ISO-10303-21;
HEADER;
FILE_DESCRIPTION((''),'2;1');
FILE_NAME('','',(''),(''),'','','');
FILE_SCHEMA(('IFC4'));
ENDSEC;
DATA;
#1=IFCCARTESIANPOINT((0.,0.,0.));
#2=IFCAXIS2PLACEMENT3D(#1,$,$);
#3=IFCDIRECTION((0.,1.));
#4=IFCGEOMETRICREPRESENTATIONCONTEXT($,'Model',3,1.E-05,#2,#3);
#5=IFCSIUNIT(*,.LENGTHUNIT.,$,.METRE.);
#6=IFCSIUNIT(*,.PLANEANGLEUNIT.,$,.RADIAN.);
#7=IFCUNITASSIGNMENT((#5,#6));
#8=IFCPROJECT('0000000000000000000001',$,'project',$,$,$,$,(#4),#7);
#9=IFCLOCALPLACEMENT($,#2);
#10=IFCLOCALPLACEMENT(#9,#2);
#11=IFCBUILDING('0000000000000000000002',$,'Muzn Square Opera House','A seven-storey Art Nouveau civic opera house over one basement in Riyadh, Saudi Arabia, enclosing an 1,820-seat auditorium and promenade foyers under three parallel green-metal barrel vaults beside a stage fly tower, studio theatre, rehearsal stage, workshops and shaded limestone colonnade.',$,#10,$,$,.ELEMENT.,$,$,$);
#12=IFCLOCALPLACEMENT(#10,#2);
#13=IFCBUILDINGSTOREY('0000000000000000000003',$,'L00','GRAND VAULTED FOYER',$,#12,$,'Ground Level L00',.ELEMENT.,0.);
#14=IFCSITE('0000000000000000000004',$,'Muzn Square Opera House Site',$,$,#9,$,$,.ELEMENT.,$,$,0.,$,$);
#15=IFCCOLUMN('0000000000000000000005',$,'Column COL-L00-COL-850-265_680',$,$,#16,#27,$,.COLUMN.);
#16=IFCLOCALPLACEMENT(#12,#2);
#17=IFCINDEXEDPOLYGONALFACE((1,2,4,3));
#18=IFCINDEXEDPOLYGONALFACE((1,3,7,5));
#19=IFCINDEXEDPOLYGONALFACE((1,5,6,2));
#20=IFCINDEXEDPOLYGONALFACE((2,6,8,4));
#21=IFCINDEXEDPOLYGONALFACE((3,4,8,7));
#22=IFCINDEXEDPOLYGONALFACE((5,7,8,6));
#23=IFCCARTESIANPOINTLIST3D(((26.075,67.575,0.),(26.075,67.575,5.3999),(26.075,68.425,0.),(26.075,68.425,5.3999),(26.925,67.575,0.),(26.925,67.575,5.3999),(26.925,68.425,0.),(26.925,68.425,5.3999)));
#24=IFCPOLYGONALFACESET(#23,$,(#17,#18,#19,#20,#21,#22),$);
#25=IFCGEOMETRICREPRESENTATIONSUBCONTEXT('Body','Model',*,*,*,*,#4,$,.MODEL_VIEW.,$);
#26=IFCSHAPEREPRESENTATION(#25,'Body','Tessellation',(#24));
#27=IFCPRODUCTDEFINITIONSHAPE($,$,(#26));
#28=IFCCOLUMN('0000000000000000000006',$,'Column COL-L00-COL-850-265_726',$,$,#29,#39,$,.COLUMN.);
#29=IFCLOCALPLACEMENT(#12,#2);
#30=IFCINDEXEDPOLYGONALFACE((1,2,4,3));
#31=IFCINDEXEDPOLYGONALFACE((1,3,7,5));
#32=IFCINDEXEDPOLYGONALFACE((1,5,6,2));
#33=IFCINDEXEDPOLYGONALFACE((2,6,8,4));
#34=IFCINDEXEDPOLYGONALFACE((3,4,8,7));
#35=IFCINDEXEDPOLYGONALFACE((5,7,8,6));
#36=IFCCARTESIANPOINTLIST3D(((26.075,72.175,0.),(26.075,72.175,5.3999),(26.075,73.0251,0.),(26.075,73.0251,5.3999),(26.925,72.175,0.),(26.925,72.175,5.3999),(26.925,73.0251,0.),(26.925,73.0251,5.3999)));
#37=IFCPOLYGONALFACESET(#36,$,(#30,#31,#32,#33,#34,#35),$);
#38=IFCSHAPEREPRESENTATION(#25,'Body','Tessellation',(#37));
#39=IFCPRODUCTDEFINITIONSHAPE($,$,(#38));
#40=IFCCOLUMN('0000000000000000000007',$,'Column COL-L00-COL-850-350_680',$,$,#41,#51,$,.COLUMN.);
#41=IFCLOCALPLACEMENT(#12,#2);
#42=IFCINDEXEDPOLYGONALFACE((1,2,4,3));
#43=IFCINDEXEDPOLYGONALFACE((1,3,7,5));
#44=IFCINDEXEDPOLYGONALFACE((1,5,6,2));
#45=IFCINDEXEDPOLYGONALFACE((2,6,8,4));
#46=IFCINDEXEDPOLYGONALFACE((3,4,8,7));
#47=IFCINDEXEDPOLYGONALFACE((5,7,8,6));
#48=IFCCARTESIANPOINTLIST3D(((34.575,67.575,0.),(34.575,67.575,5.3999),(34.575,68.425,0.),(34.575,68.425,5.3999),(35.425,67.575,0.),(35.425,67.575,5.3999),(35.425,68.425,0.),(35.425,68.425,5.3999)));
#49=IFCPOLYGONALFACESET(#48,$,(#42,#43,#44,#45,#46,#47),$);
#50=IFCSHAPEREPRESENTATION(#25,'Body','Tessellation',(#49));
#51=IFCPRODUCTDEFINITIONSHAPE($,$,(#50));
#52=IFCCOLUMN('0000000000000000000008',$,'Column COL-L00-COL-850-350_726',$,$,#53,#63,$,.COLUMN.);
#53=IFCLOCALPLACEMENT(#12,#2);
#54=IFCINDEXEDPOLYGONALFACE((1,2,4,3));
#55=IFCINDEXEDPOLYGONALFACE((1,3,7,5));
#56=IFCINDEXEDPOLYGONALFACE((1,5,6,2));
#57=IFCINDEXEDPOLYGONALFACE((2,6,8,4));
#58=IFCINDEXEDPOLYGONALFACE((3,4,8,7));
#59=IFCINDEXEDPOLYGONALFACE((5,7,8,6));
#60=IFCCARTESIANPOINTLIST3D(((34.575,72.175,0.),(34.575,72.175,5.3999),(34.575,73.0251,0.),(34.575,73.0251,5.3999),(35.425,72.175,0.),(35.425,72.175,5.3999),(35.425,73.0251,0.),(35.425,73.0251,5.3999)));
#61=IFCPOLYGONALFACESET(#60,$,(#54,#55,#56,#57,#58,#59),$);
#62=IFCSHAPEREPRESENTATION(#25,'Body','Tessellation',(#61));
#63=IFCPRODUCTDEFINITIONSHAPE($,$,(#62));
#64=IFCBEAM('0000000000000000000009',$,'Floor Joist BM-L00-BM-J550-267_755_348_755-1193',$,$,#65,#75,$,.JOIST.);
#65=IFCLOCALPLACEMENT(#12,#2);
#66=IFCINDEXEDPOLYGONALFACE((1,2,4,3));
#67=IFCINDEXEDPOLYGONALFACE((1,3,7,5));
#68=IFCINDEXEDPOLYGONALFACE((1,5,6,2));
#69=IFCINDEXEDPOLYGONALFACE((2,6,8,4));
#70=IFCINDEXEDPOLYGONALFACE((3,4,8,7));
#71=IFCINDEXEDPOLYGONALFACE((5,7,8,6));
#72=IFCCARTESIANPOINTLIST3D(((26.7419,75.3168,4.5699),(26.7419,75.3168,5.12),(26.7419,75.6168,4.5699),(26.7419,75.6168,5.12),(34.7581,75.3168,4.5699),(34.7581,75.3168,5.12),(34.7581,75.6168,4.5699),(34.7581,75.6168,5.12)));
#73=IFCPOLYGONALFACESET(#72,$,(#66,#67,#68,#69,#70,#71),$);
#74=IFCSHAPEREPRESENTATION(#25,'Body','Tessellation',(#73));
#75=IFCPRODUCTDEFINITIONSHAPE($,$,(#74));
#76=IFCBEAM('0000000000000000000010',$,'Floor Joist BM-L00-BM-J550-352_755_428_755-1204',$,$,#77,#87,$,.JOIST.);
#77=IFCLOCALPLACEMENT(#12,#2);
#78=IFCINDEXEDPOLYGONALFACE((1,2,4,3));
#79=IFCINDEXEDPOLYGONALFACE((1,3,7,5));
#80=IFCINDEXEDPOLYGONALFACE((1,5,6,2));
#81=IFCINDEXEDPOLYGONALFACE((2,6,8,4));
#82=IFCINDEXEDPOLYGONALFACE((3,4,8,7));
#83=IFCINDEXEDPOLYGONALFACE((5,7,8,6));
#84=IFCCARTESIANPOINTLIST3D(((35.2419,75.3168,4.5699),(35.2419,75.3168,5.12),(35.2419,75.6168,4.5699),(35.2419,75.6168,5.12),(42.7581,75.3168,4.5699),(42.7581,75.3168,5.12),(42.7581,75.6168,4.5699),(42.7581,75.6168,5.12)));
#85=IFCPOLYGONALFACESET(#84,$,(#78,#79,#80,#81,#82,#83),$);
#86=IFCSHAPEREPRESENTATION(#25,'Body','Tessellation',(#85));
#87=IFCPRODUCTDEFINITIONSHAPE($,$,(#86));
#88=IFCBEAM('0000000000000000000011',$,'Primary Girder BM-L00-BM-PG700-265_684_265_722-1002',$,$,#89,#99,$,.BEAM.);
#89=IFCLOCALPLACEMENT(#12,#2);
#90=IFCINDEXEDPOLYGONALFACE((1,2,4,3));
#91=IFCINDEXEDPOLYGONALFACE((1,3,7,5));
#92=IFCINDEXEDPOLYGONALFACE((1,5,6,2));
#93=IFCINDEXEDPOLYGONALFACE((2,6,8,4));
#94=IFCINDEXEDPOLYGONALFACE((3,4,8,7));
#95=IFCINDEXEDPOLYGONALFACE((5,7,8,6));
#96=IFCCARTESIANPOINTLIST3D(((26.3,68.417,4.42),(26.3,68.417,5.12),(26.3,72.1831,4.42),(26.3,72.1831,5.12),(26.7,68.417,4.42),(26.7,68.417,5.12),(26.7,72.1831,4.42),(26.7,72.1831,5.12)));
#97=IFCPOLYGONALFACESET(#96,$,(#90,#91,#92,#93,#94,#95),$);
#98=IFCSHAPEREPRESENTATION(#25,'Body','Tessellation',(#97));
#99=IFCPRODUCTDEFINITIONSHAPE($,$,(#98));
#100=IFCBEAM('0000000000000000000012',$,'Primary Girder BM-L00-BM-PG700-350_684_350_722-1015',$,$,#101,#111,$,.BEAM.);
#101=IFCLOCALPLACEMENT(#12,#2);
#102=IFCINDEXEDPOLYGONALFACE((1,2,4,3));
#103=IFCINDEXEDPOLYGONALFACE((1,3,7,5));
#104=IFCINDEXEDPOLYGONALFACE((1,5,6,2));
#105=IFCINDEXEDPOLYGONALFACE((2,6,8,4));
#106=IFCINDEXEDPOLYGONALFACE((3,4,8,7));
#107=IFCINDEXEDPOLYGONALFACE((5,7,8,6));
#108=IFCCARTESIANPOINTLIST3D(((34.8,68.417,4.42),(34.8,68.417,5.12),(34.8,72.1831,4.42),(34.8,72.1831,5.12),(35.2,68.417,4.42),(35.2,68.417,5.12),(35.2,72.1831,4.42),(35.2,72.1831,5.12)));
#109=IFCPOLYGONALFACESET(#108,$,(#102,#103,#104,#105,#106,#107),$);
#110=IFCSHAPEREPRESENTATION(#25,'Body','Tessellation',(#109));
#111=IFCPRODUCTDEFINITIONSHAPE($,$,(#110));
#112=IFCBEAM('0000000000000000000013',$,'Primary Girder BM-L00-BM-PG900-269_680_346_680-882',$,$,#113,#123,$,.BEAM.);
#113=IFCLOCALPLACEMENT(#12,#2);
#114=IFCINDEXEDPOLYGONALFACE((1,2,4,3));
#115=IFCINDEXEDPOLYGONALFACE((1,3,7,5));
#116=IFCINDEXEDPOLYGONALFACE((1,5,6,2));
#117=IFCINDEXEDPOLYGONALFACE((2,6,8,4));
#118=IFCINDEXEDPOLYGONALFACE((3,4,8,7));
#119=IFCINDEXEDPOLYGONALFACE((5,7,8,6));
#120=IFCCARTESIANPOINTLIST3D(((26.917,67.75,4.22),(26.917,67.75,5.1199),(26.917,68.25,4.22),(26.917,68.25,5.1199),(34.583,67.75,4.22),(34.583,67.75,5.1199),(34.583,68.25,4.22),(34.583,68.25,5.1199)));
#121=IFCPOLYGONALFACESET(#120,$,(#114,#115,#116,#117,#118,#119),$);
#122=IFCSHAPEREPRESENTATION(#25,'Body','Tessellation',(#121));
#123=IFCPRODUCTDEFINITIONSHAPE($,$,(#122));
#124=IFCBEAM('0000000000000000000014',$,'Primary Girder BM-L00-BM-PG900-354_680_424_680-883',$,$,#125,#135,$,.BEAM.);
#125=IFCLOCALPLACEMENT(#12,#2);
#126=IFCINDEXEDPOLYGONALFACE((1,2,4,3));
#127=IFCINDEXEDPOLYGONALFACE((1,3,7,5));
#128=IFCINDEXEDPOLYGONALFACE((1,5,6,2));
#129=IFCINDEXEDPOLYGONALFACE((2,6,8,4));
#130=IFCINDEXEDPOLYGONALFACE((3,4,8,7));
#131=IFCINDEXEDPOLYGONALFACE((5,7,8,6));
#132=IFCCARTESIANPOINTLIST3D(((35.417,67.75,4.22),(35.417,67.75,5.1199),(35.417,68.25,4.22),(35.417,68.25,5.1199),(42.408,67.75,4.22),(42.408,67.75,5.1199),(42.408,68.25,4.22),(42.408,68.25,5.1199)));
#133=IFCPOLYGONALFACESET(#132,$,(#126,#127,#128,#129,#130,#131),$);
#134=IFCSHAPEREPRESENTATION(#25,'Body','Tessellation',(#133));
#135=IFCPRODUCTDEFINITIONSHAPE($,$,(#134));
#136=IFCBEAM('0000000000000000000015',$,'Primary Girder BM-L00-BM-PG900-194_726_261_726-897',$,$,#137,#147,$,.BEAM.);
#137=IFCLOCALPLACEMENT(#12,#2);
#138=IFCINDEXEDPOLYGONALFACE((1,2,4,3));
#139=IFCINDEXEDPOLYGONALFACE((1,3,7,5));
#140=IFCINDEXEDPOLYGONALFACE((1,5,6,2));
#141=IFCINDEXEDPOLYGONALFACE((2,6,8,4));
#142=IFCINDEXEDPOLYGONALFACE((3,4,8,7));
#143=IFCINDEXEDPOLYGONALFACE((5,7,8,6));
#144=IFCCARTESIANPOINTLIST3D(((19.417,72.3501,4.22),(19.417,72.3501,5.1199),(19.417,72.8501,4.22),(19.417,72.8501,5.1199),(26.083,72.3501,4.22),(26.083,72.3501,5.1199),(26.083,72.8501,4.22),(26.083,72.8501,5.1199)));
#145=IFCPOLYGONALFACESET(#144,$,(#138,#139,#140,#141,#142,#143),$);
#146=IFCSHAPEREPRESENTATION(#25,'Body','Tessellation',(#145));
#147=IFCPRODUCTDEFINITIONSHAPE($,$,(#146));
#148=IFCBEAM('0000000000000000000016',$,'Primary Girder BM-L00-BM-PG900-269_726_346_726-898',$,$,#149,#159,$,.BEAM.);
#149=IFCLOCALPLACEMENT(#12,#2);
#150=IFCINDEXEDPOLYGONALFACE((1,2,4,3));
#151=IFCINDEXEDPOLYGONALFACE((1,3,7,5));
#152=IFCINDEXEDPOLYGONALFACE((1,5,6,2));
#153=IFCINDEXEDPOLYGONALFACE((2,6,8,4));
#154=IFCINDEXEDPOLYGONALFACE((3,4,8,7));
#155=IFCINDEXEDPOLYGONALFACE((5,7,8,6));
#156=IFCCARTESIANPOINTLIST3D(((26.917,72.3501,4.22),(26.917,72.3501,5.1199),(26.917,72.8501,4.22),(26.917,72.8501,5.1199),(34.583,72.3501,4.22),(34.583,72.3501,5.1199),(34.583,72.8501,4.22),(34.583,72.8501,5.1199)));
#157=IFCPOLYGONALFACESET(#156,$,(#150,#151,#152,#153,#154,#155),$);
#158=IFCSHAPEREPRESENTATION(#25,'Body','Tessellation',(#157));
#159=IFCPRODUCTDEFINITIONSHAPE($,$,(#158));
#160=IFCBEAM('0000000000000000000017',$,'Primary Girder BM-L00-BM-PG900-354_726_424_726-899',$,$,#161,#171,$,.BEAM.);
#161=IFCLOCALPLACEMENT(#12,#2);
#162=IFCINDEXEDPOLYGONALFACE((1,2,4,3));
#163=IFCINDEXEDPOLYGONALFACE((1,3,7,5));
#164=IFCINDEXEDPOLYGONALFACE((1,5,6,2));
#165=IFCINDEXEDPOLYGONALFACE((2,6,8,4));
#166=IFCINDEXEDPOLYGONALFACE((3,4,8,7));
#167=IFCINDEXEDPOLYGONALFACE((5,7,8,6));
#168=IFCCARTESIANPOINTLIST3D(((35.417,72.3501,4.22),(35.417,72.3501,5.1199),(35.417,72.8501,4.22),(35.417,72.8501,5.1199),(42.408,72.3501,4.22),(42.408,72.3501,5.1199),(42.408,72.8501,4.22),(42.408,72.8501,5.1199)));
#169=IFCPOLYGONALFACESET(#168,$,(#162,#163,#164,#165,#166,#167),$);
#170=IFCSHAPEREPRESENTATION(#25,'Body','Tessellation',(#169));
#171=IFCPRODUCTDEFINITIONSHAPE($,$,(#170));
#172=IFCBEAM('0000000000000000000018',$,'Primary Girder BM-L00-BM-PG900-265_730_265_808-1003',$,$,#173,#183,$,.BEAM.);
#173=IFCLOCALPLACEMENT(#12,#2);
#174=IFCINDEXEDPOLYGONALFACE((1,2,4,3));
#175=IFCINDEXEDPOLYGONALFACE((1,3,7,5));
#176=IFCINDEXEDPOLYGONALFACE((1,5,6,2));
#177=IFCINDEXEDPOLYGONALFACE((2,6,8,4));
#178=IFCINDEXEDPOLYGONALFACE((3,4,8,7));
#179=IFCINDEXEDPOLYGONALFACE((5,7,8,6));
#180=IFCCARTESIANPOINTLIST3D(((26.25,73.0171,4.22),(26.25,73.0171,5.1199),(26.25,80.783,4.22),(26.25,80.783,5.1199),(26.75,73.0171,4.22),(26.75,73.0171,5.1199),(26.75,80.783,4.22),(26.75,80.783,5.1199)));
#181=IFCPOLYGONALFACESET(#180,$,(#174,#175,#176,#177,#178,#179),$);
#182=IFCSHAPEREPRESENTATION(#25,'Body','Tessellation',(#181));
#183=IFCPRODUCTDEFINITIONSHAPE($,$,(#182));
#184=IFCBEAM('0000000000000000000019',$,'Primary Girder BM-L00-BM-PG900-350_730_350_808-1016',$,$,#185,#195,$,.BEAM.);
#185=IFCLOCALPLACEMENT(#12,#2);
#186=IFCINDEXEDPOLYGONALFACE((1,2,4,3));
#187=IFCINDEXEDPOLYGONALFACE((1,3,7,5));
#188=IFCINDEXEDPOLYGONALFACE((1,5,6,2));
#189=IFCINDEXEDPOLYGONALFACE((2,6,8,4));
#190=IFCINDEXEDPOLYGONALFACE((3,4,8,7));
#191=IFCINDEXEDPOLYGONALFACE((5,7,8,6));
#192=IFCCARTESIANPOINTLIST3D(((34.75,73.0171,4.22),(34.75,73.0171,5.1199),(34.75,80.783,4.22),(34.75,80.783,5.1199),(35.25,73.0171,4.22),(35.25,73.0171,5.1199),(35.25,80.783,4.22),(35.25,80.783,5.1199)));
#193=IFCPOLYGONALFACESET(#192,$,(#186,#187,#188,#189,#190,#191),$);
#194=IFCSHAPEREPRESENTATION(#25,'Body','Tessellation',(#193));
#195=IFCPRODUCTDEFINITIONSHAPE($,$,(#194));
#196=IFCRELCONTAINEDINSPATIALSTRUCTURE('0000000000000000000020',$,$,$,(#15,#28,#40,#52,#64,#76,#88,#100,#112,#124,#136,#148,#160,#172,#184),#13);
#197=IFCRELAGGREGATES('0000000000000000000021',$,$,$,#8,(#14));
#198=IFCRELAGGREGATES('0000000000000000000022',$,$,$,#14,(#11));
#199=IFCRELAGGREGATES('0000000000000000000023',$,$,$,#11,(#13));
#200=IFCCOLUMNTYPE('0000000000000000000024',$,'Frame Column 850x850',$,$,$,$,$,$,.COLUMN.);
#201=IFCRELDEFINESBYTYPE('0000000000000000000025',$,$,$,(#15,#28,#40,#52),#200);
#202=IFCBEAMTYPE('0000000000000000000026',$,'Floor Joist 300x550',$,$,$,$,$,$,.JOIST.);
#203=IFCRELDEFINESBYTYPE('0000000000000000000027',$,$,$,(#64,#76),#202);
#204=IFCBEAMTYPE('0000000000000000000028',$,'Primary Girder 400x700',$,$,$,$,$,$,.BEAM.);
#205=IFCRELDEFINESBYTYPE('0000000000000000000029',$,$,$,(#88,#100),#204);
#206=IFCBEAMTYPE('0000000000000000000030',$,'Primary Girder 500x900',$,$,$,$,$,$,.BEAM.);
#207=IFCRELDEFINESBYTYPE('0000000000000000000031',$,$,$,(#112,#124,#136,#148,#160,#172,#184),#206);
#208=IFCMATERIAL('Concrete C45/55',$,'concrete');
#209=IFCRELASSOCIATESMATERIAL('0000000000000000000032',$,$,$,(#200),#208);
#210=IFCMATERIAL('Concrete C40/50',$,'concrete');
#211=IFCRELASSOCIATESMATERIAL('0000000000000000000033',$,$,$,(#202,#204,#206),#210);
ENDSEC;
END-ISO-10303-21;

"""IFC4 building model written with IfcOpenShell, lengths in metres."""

from ifc_helpers import new_model, si_unit, direction, frame, origin, origin_2d, place, context, subcontext, project, spatial, rectangle, extrude, material, material_profile, profile_set, type_object, element, save


model = new_model("IFC4")

# Units and contexts
model_context = context("Model", 3, precision=1e-05, world=origin(), true_north=direction((0.0, 1.0)))
body_context = subcontext(model_context, "Body", "Model", "MODEL_VIEW")
ifc_project = project(units=[si_unit("LENGTHUNIT", "METRE"), si_unit("PLANEANGLEUNIT", "RADIAN")], contexts=[model_context])

# Site, building, storey
site_placement = place(None, origin())
site = spatial("IfcSite", under=ifc_project, at=site_placement, Name="Muzn Square Opera House Site", CompositionType="ELEMENT", RefElevation=0.0)
building_placement = place(site_placement, origin())
building = spatial("IfcBuilding", under=site, at=building_placement, Name="Muzn Square Opera House", Description="A seven-storey Art Nouveau civic opera house over one basement in Riyadh, Saudi Arabia, enclosing an 1,820-seat auditorium and promenade foyers under three parallel green-metal barrel vaults beside a stage fly tower, studio theatre, rehearsal stage, workshops and shaded limestone colonnade.", CompositionType="ELEMENT")
storey_placement = place(building_placement, origin())
storey = spatial("IfcBuildingStorey", under=building, at=storey_placement, Name="L00", Description="GRAND VAULTED FOYER", LongName="Ground Level L00", CompositionType="ELEMENT", Elevation=0.0)

# Columns
ifc_material_1 = material(Name="Concrete C45/55", Category="concrete")
ifc_material_profile_1 = material_profile(ifc_material_1, rectangle(XDim=0.8501, YDim=0.8501, at=origin_2d()), Name="RC 850x850", Category="concrete")
ifc_profile_set_1 = profile_set([ifc_material_profile_1], Name="Concrete C45/55")
column_type = type_object("IfcColumnType", Name="Frame Column 850x850", PredefinedType="COLUMN", material=ifc_profile_set_1)
for number, where, z_axis, x_axis, name in (
    (1, (26.5, 68.0, 0.0), (0.0, 0.0, 1.0), (1.0, 0.0, 0.0), "Column COL-L00-COL-850-265_680"),
    (2, (26.5, 72.6001, 0.0), (0.0, 0.0, 1.0), (1.0, 0.0, 0.0), "Column COL-L00-COL-850-265_726"),
    (3, (35.0, 68.0, 0.0), (0.0, 0.0, 1.0), (1.0, 0.0, 0.0), "Column COL-L00-COL-850-350_680"),
    (4, (35.0, 72.6001, 0.0), (0.0, 0.0, 1.0), (1.0, 0.0, 0.0), "Column COL-L00-COL-850-350_726"),
):
    element("IfcColumn", number, at=place(storey_placement, frame(where, z_axis=z_axis, x_axis=x_axis)), inside=storey, type_object=column_type, Name=name, PredefinedType="COLUMN", context=body_context, shape_type="SweptSolid", body=[
        extrude(rectangle(XDim=0.8501, YDim=0.8501, at=origin_2d()), origin(), (0.0, 0.0, 1.0), 5.3999),
    ])

# Beams
ifc_material_2 = material(Name="Concrete C40/50", Category="concrete")
ifc_material_profile_2 = material_profile(ifc_material_2, rectangle(XDim=0.3, YDim=0.55, at=origin_2d()), Name="RCJ 300x550", Category="concrete")
ifc_profile_set_2 = profile_set([ifc_material_profile_2], Name="Concrete C40/50")
beam_type_1 = type_object("IfcBeamType", Name="Floor Joist 300x550", PredefinedType="JOIST", material=ifc_profile_set_2)
beam_1_placement = place(storey_placement, frame((26.7419, 75.4668, 4.845), z_axis=(1.0, 0.0, 0.0), x_axis=(0.0, 1.0, 0.0)))
element("IfcBeam", 5, at=beam_1_placement, inside=storey, type_object=beam_type_1, Name="Floor Joist BM-L00-BM-J550-267_755_348_755-1193", PredefinedType="JOIST", context=body_context, shape_type="SweptSolid", body=[
    extrude(rectangle(XDim=0.3, YDim=0.55, at=origin_2d()), origin(), (0.0, 0.0, 1.0), 8.0161),
])
beam_2_placement = place(storey_placement, frame((35.2419, 75.4668, 4.845), z_axis=(1.0, 0.0, 0.0), x_axis=(0.0, 1.0, 0.0)))
element("IfcBeam", 6, at=beam_2_placement, inside=storey, type_object=beam_type_1, Name="Floor Joist BM-L00-BM-J550-352_755_428_755-1204", PredefinedType="JOIST", context=body_context, shape_type="SweptSolid", body=[
    extrude(rectangle(XDim=0.3, YDim=0.55, at=origin_2d()), origin(), (0.0, 0.0, 1.0), 7.5161),
])
ifc_material_profile_3 = material_profile(ifc_material_2, rectangle(XDim=0.3999, YDim=0.7, at=origin_2d()), Name="RCB 400x700", Category="concrete")
ifc_profile_set_3 = profile_set([ifc_material_profile_3], Name="Concrete C40/50")
beam_type_2 = type_object("IfcBeamType", Name="Primary Girder 400x700", PredefinedType="BEAM", material=ifc_profile_set_3)
for number, where, z_axis, x_axis, name in (
    (7, (26.5, 68.417, 4.77), (0.0, 1.0, 0.0), (-1.0, 0.0, 0.0), "Primary Girder BM-L00-BM-PG700-265_684_265_722-1002"),
    (8, (35.0, 68.417, 4.77), (0.0, 1.0, 0.0), (-1.0, 0.0, 0.0), "Primary Girder BM-L00-BM-PG700-350_684_350_722-1015"),
):
    element("IfcBeam", number, at=place(storey_placement, frame(where, z_axis=z_axis, x_axis=x_axis)), inside=storey, type_object=beam_type_2, Name=name, PredefinedType="BEAM", context=body_context, shape_type="SweptSolid", body=[
        extrude(rectangle(XDim=0.3999, YDim=0.7, at=origin_2d()), origin(), (0.0, 0.0, 1.0), 3.7661),
    ])
ifc_material_profile_4 = material_profile(ifc_material_2, rectangle(XDim=0.5, YDim=0.8999, at=origin_2d()), Name="RCB 500x900", Category="concrete")
ifc_profile_set_4 = profile_set([ifc_material_profile_4], Name="Concrete C40/50")
beam_type_3 = type_object("IfcBeamType", Name="Primary Girder 500x900", PredefinedType="BEAM", material=ifc_profile_set_4)
beam_3_placement = place(storey_placement, frame((26.917, 68.0, 4.6699), z_axis=(1.0, 0.0, 0.0), x_axis=(0.0, 1.0, 0.0)))
element("IfcBeam", 9, at=beam_3_placement, inside=storey, type_object=beam_type_3, Name="Primary Girder BM-L00-BM-PG900-269_680_346_680-882", PredefinedType="BEAM", context=body_context, shape_type="SweptSolid", body=[
    extrude(rectangle(XDim=0.5, YDim=0.8999, at=origin_2d()), origin(), (0.0, 0.0, 1.0), 7.666),
])
beam_4_placement = place(storey_placement, frame((35.417, 68.0, 4.6699), z_axis=(1.0, 0.0, 0.0), x_axis=(0.0, 1.0, 0.0)))
element("IfcBeam", 10, at=beam_4_placement, inside=storey, type_object=beam_type_3, Name="Primary Girder BM-L00-BM-PG900-354_680_424_680-883", PredefinedType="BEAM", context=body_context, shape_type="SweptSolid", body=[
    extrude(rectangle(XDim=0.5, YDim=0.8999, at=origin_2d()), origin(), (0.0, 0.0, 1.0), 6.991),
])
beam_5_placement = place(storey_placement, frame((19.417, 72.6001, 4.6699), z_axis=(1.0, 0.0, 0.0), x_axis=(0.0, 1.0, 0.0)))
element("IfcBeam", 11, at=beam_5_placement, inside=storey, type_object=beam_type_3, Name="Primary Girder BM-L00-BM-PG900-194_726_261_726-897", PredefinedType="BEAM", context=body_context, shape_type="SweptSolid", body=[
    extrude(rectangle(XDim=0.5, YDim=0.8999, at=origin_2d()), origin(), (0.0, 0.0, 1.0), 6.666),
])
beam_6_placement = place(storey_placement, frame((26.917, 72.6001, 4.6699), z_axis=(1.0, 0.0, 0.0), x_axis=(0.0, 1.0, 0.0)))
element("IfcBeam", 12, at=beam_6_placement, inside=storey, type_object=beam_type_3, Name="Primary Girder BM-L00-BM-PG900-269_726_346_726-898", PredefinedType="BEAM", context=body_context, shape_type="SweptSolid", body=[
    extrude(rectangle(XDim=0.5, YDim=0.8999, at=origin_2d()), origin(), (0.0, 0.0, 1.0), 7.666),
])
beam_7_placement = place(storey_placement, frame((35.417, 72.6001, 4.6699), z_axis=(1.0, 0.0, 0.0), x_axis=(0.0, 1.0, 0.0)))
element("IfcBeam", 13, at=beam_7_placement, inside=storey, type_object=beam_type_3, Name="Primary Girder BM-L00-BM-PG900-354_726_424_726-899", PredefinedType="BEAM", context=body_context, shape_type="SweptSolid", body=[
    extrude(rectangle(XDim=0.5, YDim=0.8999, at=origin_2d()), origin(), (0.0, 0.0, 1.0), 6.991),
])
for number, where, z_axis, x_axis, name in (
    (14, (26.5, 73.0171, 4.6699), (0.0, 1.0, 0.0), (-1.0, 0.0, 0.0), "Primary Girder BM-L00-BM-PG900-265_730_265_808-1003"),
    (15, (35.0, 73.0171, 4.6699), (0.0, 1.0, 0.0), (-1.0, 0.0, 0.0), "Primary Girder BM-L00-BM-PG900-350_730_350_808-1016"),
):
    element("IfcBeam", number, at=place(storey_placement, frame(where, z_axis=z_axis, x_axis=x_axis)), inside=storey, type_object=beam_type_3, Name=name, PredefinedType="BEAM", context=body_context, shape_type="SweptSolid", body=[
        extrude(rectangle(XDim=0.5, YDim=0.8999, at=origin_2d()), origin(), (0.0, 0.0, 1.0), 7.7659),
    ])

save(model, "model.ifc")
